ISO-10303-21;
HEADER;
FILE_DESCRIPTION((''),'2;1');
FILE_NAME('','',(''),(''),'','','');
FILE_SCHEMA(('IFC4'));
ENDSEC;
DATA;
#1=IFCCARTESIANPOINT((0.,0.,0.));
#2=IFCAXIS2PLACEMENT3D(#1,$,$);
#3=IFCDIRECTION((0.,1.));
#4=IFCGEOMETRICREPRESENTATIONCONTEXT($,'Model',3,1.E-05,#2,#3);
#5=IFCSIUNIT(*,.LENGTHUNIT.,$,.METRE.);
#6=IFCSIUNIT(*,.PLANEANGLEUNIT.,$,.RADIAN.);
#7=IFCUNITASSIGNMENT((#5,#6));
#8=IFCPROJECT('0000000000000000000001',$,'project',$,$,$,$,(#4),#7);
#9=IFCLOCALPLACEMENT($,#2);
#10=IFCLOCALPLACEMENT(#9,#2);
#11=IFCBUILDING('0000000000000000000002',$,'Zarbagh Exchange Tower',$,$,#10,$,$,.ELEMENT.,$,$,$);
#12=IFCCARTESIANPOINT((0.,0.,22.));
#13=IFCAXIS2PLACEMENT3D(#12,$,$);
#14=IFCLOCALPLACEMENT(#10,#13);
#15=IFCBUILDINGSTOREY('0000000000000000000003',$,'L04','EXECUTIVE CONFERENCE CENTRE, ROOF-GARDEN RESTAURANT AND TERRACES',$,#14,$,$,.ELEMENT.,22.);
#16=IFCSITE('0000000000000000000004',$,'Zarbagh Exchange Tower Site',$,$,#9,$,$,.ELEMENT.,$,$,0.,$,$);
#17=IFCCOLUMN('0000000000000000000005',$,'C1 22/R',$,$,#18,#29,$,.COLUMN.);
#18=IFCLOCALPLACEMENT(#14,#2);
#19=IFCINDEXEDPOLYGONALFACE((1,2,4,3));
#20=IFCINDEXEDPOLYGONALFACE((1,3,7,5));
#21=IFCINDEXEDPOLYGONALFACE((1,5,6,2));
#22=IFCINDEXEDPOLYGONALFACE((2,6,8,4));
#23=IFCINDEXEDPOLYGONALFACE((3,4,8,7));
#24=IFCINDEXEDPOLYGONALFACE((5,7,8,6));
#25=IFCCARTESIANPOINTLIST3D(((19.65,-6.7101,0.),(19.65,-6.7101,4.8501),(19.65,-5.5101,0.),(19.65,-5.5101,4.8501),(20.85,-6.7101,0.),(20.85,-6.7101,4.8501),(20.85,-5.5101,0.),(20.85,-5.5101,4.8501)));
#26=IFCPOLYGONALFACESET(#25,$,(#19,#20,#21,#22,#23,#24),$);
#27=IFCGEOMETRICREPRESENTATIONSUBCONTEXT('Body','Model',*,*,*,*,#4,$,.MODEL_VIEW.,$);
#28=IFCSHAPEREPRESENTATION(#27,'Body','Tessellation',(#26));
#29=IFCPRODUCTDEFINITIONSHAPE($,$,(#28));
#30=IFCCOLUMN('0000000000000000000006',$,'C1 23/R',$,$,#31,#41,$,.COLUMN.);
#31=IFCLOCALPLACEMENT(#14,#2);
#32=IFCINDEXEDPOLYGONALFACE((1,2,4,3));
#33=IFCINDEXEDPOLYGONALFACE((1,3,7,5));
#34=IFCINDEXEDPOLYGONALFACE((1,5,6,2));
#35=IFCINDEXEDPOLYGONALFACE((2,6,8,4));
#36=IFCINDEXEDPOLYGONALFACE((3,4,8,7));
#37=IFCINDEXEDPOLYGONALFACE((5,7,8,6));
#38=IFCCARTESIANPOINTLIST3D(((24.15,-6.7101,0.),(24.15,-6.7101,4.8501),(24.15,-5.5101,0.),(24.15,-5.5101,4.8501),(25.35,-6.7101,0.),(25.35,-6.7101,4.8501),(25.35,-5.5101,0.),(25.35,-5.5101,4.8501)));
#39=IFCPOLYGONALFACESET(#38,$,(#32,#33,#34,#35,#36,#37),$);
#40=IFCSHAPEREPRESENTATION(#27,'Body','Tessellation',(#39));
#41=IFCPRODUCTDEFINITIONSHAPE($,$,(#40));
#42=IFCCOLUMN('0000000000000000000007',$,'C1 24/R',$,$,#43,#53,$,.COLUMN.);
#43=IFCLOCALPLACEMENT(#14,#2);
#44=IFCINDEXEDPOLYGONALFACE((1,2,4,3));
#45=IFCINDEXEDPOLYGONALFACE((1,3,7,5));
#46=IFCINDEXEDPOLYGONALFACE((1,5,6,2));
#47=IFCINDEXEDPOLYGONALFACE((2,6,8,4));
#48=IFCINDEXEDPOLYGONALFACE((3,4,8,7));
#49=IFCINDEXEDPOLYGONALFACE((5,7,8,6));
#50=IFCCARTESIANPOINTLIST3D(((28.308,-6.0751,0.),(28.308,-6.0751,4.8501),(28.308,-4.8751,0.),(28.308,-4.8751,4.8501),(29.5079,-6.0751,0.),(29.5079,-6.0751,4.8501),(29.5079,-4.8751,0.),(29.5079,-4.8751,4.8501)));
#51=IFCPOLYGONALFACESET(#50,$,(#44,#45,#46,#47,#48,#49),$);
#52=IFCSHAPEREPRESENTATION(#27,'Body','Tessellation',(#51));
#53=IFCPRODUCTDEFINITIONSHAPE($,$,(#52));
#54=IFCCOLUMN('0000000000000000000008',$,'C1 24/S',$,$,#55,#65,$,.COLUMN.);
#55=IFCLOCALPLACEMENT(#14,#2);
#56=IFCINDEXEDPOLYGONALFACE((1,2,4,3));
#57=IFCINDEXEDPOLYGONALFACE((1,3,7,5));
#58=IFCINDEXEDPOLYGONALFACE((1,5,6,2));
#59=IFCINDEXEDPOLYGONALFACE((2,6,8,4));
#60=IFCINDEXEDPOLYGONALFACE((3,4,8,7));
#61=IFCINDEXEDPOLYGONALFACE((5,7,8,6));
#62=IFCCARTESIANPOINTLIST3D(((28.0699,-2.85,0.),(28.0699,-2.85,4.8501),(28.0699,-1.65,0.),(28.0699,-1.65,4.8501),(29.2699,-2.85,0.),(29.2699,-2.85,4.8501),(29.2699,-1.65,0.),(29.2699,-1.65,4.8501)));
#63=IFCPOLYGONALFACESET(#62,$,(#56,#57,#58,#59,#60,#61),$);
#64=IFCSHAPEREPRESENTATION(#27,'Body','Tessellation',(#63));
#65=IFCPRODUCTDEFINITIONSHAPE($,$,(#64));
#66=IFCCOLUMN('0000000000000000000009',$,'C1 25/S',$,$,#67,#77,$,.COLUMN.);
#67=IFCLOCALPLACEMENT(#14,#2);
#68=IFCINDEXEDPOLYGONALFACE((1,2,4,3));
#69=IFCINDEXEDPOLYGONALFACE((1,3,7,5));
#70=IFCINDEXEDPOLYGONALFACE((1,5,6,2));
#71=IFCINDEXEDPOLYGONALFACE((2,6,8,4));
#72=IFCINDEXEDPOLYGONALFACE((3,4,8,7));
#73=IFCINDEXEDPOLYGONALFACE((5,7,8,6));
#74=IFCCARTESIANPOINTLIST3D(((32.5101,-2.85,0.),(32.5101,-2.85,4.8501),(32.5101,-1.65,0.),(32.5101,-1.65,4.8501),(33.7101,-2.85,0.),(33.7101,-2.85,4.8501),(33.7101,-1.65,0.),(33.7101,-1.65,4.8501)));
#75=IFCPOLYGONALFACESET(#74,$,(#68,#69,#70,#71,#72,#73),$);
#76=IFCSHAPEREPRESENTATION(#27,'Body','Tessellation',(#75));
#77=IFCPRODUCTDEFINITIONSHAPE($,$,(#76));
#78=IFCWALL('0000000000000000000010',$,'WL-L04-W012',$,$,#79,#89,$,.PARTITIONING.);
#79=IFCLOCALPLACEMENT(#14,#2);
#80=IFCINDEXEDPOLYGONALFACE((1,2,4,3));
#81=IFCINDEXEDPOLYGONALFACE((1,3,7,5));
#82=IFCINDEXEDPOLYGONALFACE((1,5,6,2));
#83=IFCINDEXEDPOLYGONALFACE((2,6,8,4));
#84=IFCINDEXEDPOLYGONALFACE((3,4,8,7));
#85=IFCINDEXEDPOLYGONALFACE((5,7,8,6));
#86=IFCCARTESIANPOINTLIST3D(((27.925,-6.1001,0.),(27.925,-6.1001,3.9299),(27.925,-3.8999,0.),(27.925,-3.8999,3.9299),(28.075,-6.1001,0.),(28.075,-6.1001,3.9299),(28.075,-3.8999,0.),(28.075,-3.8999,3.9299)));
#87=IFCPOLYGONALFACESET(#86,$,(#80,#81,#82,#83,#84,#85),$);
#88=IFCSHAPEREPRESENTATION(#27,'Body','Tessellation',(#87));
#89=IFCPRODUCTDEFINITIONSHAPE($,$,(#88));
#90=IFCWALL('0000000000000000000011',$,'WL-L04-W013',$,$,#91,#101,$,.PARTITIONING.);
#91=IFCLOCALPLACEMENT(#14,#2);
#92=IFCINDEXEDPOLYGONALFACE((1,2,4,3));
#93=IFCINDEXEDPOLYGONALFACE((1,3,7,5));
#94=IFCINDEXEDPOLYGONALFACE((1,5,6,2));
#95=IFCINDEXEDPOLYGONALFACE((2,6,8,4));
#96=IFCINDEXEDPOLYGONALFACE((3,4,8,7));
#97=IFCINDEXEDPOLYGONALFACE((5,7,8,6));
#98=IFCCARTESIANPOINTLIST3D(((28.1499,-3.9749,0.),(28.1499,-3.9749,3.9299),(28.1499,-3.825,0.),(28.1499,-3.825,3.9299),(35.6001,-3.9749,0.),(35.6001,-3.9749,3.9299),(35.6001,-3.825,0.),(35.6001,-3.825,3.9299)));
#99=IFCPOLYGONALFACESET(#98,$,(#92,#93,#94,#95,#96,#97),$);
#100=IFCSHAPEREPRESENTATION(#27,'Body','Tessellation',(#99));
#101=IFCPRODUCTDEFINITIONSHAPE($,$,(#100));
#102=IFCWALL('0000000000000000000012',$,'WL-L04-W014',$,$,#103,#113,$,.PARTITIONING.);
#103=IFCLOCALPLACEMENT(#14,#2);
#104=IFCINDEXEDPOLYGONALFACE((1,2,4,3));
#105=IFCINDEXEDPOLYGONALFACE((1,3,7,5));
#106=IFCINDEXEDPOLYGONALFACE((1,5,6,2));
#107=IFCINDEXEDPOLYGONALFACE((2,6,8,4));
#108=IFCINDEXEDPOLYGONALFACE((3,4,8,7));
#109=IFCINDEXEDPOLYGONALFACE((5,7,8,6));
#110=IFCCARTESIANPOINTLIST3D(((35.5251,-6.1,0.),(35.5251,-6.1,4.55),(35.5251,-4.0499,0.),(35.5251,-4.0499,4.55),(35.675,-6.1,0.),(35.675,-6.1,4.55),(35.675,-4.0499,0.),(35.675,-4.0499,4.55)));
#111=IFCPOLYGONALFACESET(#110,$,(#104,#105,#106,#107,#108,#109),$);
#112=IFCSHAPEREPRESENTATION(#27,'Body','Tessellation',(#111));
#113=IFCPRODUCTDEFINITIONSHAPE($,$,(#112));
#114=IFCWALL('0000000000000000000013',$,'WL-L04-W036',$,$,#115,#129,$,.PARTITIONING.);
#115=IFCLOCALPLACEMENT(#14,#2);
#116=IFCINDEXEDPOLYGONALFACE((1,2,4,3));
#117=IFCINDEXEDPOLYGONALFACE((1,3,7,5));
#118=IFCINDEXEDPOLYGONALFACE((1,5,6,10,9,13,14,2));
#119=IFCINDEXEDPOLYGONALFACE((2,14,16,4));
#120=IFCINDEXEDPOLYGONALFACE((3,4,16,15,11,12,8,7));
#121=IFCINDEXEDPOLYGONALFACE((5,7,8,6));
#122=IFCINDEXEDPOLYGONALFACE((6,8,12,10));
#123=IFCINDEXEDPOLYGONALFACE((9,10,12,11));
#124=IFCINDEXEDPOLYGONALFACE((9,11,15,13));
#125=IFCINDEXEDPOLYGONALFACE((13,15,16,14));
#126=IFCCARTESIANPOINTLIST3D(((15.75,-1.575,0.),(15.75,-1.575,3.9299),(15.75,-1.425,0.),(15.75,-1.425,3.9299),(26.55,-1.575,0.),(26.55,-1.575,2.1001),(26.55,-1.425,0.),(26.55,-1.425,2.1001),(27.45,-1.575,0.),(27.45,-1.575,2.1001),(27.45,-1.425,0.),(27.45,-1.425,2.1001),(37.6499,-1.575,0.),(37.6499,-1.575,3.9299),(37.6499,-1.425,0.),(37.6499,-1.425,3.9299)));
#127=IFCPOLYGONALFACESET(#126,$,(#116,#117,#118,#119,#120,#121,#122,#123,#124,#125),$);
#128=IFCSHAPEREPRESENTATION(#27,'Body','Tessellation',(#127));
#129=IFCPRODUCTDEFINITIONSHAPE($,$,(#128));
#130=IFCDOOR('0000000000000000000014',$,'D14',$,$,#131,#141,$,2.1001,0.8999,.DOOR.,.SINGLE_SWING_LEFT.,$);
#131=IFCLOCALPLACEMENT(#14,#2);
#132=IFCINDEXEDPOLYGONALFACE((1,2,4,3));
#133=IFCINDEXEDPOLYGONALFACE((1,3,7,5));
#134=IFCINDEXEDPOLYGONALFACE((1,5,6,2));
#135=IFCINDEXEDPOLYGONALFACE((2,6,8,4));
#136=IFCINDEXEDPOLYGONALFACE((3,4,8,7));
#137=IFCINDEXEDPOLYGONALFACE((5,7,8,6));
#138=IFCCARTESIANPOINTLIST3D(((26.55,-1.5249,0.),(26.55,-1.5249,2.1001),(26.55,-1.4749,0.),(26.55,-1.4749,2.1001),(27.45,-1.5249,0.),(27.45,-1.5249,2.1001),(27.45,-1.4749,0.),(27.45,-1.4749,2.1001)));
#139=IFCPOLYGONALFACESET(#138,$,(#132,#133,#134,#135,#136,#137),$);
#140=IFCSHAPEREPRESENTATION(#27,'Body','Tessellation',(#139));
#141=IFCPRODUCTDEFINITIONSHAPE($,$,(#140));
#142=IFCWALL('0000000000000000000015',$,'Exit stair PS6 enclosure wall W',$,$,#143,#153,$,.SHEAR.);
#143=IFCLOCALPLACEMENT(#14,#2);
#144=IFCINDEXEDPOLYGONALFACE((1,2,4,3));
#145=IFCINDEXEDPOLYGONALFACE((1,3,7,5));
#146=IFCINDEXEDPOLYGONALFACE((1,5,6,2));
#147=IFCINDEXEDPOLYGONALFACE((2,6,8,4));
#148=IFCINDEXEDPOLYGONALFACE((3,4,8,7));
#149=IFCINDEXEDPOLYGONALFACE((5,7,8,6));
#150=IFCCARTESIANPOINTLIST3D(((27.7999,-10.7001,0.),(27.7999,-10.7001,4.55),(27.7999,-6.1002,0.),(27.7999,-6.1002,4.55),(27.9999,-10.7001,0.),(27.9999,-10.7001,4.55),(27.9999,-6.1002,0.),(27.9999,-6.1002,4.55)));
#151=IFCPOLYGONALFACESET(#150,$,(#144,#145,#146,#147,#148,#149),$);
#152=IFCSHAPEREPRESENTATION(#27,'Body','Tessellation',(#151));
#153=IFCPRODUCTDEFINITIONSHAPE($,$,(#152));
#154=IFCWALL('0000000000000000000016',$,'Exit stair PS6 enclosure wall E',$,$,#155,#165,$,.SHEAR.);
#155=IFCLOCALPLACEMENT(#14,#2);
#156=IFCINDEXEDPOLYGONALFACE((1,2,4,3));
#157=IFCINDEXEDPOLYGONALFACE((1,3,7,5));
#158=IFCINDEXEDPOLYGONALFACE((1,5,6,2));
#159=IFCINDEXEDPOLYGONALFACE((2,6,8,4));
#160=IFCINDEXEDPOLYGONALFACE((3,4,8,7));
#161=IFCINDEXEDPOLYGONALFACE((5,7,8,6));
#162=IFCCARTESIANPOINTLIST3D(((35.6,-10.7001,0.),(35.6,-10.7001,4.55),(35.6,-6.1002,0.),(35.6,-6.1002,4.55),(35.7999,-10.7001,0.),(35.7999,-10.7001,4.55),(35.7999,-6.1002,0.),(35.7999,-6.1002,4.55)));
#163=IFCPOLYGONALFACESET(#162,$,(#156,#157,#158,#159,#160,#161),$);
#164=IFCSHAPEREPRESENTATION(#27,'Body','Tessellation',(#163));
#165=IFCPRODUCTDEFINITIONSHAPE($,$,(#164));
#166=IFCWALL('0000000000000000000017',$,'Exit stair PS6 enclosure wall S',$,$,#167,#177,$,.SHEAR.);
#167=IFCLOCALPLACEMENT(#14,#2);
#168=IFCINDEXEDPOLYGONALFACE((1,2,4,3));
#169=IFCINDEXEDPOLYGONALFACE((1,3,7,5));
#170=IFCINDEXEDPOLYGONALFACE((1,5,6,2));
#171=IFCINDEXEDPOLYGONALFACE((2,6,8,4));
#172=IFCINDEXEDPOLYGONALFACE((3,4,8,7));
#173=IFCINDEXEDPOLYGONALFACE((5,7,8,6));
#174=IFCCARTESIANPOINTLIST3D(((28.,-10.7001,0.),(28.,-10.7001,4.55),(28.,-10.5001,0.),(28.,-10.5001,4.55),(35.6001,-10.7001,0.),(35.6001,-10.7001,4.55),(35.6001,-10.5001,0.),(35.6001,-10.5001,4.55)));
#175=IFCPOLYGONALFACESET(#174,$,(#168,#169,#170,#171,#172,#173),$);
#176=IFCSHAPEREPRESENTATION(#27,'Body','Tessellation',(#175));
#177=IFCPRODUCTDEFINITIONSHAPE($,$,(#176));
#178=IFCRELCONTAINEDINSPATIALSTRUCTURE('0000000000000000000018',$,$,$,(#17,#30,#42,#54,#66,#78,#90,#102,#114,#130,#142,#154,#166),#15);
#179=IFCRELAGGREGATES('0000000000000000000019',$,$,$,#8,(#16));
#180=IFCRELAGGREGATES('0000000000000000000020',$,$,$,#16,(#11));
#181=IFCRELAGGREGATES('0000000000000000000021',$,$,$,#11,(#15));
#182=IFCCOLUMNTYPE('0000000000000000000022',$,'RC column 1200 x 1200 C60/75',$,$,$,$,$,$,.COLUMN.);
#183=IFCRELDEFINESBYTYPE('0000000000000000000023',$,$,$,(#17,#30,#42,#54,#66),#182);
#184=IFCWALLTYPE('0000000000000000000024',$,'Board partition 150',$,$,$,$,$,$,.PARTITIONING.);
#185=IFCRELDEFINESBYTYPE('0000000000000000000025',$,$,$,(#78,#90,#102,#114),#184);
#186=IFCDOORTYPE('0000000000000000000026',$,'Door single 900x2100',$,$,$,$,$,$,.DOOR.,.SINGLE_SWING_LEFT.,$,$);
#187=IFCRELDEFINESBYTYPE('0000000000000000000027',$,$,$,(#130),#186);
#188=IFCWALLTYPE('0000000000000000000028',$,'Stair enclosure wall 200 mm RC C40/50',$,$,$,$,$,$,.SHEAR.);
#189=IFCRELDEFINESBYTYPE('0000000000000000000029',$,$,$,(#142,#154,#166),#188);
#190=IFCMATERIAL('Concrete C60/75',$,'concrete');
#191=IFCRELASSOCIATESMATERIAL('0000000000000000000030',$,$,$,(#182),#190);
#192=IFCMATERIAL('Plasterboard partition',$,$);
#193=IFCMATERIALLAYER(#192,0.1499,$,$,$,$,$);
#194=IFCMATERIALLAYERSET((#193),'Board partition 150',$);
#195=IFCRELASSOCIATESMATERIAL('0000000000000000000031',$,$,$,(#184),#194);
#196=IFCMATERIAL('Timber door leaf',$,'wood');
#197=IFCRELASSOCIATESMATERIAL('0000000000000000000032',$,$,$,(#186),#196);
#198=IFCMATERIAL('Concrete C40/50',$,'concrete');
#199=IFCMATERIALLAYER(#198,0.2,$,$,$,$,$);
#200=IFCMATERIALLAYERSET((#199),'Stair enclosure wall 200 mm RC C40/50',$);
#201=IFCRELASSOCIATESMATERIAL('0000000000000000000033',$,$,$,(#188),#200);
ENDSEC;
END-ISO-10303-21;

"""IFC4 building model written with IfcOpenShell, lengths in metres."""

from ifc_helpers import new_model, si_unit, direction, frame, frame_2d, origin, origin_2d, place, context, subcontext, project, spatial, rectangle, extrude, material, layer, layer_set, material_profile, profile_set, type_object, element, fill, save


model = new_model("IFC4")

# Units and contexts
model_context = context("Model", 3, precision=1e-05, world=origin(), true_north=direction((0.0, 1.0)))
body_context = subcontext(model_context, "Body", "Model", "MODEL_VIEW")
ifc_project = project(units=[si_unit("LENGTHUNIT", "METRE"), si_unit("PLANEANGLEUNIT", "RADIAN")], contexts=[model_context])

# Site, building, storey
site_placement = place(None, origin())
site = spatial("IfcSite", under=ifc_project, at=site_placement, Name="Zarbagh Exchange Tower Site", CompositionType="ELEMENT", RefElevation=0.0)
building_placement = place(site_placement, origin())
building = spatial("IfcBuilding", under=site, at=building_placement, Name="Zarbagh Exchange Tower", CompositionType="ELEMENT")
storey_placement = place(building_placement, frame((0.0, 0.0, 22.0)))
storey = spatial("IfcBuildingStorey", under=building, at=storey_placement, Name="L04", Description="EXECUTIVE CONFERENCE CENTRE, ROOF-GARDEN RESTAURANT AND TERRACES", CompositionType="ELEMENT", Elevation=22.0)

# Columns
ifc_material_1 = material(Name="Concrete C60/75", Category="concrete")
ifc_material_profile = material_profile(ifc_material_1, rectangle(XDim=1.2, YDim=1.2, at=origin_2d()), Name="RC column 1200 x 1200 C60/75")
ifc_profile_set = profile_set([ifc_material_profile], Name="Concrete C60/75")
column_type = type_object("IfcColumnType", Name="RC column 1200 x 1200 C60/75", PredefinedType="COLUMN", material=ifc_profile_set)
for number, where, z_axis, x_axis, name in (
    (1, (20.25, -6.1101, 0.0), (0.0, 0.0, 1.0), (1.0, 0.0, 0.0), "C1 22/R"),
    (2, (24.75, -6.1101, 0.0), (0.0, 0.0, 1.0), (1.0, 0.0, 0.0), "C1 23/R"),
    (3, (28.908, -5.4751, 0.0), (0.0, 0.0, 1.0), (1.0, 0.0, 0.0), "C1 24/R"),
    (4, (28.6699, -2.25, 0.0), (0.0, 0.0, 1.0), (1.0, 0.0, 0.0), "C1 24/S"),
    (5, (33.1101, -2.25, 0.0), (0.0, 0.0, 1.0), (1.0, 0.0, 0.0), "C1 25/S"),
):
    element("IfcColumn", number, at=place(storey_placement, frame(where, z_axis=z_axis, x_axis=x_axis)), inside=storey, type_object=column_type, Name=name, PredefinedType="COLUMN", context=body_context, shape_type="SweptSolid", body=[
        extrude(rectangle(XDim=1.2, YDim=1.2, at=origin_2d()), origin(), (0.0, 0.0, 1.0), 4.8501),
    ])

# Walls
ifc_material_2 = material(Name="Plasterboard partition")
ifc_layer_1 = layer(ifc_material_2, 0.1499)
ifc_layer_set_1 = layer_set([ifc_layer_1], Name="Board partition 150")
wall_type_1 = type_object("IfcWallType", Name="Board partition 150", PredefinedType="PARTITIONING", material=ifc_layer_set_1)
wall_1_placement = place(storey_placement, frame((28.0, -6.1001, 0.0), z_axis=(0.0, 0.0, 1.0), x_axis=(0.0, 1.0, 0.0)))
element("IfcWall", 6, at=wall_1_placement, inside=storey, type_object=wall_type_1, Name="WL-L04-W012", PredefinedType="PARTITIONING", context=body_context, shape_type="SweptSolid", body=[
    extrude(rectangle(XDim=2.2002, YDim=0.1499, at=frame_2d((1.1001, 0.0))), origin(), (0.0, 0.0, 1.0), 3.9299),
])
wall_2_placement = place(storey_placement, frame((28.1499, -3.8999, 0.0), z_axis=(0.0, 0.0, 1.0), x_axis=(1.0, 0.0, 0.0)))
element("IfcWall", 7, at=wall_2_placement, inside=storey, type_object=wall_type_1, Name="WL-L04-W013", PredefinedType="PARTITIONING", context=body_context, shape_type="SweptSolid", body=[
    extrude(rectangle(XDim=7.4502, YDim=0.1499, at=frame_2d((3.7251, 0.0))), origin(), (0.0, 0.0, 1.0), 3.9299),
])
wall_3_placement = place(storey_placement, frame((35.6001, -4.05, 0.0), z_axis=(0.0, 0.0, 1.0), x_axis=(0.0, -1.0, 0.0)))
element("IfcWall", 8, at=wall_3_placement, inside=storey, type_object=wall_type_1, Name="WL-L04-W014", PredefinedType="PARTITIONING", context=body_context, shape_type="SweptSolid", body=[
    extrude(rectangle(XDim=2.05, YDim=0.1499, at=frame_2d((1.0249, 0.0))), origin(), (0.0, 0.0, 1.0), 4.55),
])

# Wall, opening, door
wall_4_placement = place(storey_placement, frame((37.6499, -1.5, 0.0), z_axis=(0.0, 0.0, 1.0), x_axis=(-1.0, 0.0, 0.0)))
wall_4 = element("IfcWall", 9, at=wall_4_placement, inside=storey, type_object=wall_type_1, Name="WL-L04-W036", PredefinedType="PARTITIONING", context=body_context, shape_type="SweptSolid", body=[
    extrude(rectangle(XDim=21.8999, YDim=0.1499, at=frame_2d((10.95, 0.0))), origin(), (0.0, 0.0, 1.0), 3.9299),
])
opening_1_placement = place(wall_4_placement, frame((10.2, 0.0, 0.0)))
opening_1 = element("IfcOpeningElement", 10, at=opening_1_placement, cuts=wall_4, PredefinedType="OPENING", context=body_context, shape_type="SweptSolid", body=[
    extrude(rectangle(XDim=0.8999, YDim=2.1001, at=frame_2d((0.45, 1.05))), frame((0.0, 0.085, 0.0), z_axis=(0.0, -1.0, 0.0), x_axis=(1.0, 0.0, 0.0)), (0.0, 0.0, 1.0), 0.1699),
])
ifc_material_3 = material(Name="Timber door leaf", Category="wood")
door_type_1 = type_object("IfcDoorType", Name="Door single 900x2100", OperationType="SINGLE_SWING_LEFT", PredefinedType="DOOR", material=ifc_material_3)
door_1_placement = place(opening_1_placement, origin())
door_1 = element("IfcDoor", 11, at=door_1_placement, inside=storey, type_object=door_type_1, Name="D14", OperationType="SINGLE_SWING_LEFT", OverallHeight=2.1001, OverallWidth=0.8999, PredefinedType="DOOR", context=body_context, shape_type="SweptSolid", body=[
    extrude(rectangle(XDim=0.8999, YDim=2.1001, at=frame_2d((0.45, 1.05))), frame((0.0, 0.0249, 0.0), z_axis=(0.0, -1.0, 0.0), x_axis=(1.0, 0.0, 0.0)), (0.0, 0.0, 1.0), 0.05),
])
fill(opening_1, door_1)

# Walls
ifc_material_4 = material(Name="Concrete C40/50", Category="concrete")
ifc_layer_2 = layer(ifc_material_4, 0.2)
ifc_layer_set_2 = layer_set([ifc_layer_2], Name="Stair enclosure wall 200 mm RC C40/50")
wall_type_2 = type_object("IfcWallType", Name="Stair enclosure wall 200 mm RC C40/50", PredefinedType="SHEAR", material=ifc_layer_set_2)
for number, where, z_axis, x_axis, name in (
    (12, (27.8999, -10.7, 0.0), (0.0, 0.0, 1.0), (0.0, 1.0, 0.0), "Exit stair PS6 enclosure wall W"),
    (13, (35.7, -10.7, 0.0), (0.0, 0.0, 1.0), (0.0, 1.0, 0.0), "Exit stair PS6 enclosure wall E"),
):
    element("IfcWall", number, at=place(storey_placement, frame(where, z_axis=z_axis, x_axis=x_axis)), inside=storey, type_object=wall_type_2, Name=name, PredefinedType="SHEAR", context=body_context, shape_type="SweptSolid", body=[
        extrude(rectangle(XDim=4.5999, YDim=0.2, at=frame_2d((2.2998, 0.0))), origin(), (0.0, 0.0, 1.0), 4.55),
    ])
wall_5_placement = place(storey_placement, frame((28.0, -10.6001, 0.0), z_axis=(0.0, 0.0, 1.0), x_axis=(1.0, 0.0, 0.0)))
element("IfcWall", 14, at=wall_5_placement, inside=storey, type_object=wall_type_2, Name="Exit stair PS6 enclosure wall S", PredefinedType="SHEAR", context=body_context, shape_type="SweptSolid", body=[
    extrude(rectangle(XDim=7.6001, YDim=0.2, at=frame_2d((3.8, 0.0))), origin(), (0.0, 0.0, 1.0), 4.55),
])

save(model, "model.ifc")
